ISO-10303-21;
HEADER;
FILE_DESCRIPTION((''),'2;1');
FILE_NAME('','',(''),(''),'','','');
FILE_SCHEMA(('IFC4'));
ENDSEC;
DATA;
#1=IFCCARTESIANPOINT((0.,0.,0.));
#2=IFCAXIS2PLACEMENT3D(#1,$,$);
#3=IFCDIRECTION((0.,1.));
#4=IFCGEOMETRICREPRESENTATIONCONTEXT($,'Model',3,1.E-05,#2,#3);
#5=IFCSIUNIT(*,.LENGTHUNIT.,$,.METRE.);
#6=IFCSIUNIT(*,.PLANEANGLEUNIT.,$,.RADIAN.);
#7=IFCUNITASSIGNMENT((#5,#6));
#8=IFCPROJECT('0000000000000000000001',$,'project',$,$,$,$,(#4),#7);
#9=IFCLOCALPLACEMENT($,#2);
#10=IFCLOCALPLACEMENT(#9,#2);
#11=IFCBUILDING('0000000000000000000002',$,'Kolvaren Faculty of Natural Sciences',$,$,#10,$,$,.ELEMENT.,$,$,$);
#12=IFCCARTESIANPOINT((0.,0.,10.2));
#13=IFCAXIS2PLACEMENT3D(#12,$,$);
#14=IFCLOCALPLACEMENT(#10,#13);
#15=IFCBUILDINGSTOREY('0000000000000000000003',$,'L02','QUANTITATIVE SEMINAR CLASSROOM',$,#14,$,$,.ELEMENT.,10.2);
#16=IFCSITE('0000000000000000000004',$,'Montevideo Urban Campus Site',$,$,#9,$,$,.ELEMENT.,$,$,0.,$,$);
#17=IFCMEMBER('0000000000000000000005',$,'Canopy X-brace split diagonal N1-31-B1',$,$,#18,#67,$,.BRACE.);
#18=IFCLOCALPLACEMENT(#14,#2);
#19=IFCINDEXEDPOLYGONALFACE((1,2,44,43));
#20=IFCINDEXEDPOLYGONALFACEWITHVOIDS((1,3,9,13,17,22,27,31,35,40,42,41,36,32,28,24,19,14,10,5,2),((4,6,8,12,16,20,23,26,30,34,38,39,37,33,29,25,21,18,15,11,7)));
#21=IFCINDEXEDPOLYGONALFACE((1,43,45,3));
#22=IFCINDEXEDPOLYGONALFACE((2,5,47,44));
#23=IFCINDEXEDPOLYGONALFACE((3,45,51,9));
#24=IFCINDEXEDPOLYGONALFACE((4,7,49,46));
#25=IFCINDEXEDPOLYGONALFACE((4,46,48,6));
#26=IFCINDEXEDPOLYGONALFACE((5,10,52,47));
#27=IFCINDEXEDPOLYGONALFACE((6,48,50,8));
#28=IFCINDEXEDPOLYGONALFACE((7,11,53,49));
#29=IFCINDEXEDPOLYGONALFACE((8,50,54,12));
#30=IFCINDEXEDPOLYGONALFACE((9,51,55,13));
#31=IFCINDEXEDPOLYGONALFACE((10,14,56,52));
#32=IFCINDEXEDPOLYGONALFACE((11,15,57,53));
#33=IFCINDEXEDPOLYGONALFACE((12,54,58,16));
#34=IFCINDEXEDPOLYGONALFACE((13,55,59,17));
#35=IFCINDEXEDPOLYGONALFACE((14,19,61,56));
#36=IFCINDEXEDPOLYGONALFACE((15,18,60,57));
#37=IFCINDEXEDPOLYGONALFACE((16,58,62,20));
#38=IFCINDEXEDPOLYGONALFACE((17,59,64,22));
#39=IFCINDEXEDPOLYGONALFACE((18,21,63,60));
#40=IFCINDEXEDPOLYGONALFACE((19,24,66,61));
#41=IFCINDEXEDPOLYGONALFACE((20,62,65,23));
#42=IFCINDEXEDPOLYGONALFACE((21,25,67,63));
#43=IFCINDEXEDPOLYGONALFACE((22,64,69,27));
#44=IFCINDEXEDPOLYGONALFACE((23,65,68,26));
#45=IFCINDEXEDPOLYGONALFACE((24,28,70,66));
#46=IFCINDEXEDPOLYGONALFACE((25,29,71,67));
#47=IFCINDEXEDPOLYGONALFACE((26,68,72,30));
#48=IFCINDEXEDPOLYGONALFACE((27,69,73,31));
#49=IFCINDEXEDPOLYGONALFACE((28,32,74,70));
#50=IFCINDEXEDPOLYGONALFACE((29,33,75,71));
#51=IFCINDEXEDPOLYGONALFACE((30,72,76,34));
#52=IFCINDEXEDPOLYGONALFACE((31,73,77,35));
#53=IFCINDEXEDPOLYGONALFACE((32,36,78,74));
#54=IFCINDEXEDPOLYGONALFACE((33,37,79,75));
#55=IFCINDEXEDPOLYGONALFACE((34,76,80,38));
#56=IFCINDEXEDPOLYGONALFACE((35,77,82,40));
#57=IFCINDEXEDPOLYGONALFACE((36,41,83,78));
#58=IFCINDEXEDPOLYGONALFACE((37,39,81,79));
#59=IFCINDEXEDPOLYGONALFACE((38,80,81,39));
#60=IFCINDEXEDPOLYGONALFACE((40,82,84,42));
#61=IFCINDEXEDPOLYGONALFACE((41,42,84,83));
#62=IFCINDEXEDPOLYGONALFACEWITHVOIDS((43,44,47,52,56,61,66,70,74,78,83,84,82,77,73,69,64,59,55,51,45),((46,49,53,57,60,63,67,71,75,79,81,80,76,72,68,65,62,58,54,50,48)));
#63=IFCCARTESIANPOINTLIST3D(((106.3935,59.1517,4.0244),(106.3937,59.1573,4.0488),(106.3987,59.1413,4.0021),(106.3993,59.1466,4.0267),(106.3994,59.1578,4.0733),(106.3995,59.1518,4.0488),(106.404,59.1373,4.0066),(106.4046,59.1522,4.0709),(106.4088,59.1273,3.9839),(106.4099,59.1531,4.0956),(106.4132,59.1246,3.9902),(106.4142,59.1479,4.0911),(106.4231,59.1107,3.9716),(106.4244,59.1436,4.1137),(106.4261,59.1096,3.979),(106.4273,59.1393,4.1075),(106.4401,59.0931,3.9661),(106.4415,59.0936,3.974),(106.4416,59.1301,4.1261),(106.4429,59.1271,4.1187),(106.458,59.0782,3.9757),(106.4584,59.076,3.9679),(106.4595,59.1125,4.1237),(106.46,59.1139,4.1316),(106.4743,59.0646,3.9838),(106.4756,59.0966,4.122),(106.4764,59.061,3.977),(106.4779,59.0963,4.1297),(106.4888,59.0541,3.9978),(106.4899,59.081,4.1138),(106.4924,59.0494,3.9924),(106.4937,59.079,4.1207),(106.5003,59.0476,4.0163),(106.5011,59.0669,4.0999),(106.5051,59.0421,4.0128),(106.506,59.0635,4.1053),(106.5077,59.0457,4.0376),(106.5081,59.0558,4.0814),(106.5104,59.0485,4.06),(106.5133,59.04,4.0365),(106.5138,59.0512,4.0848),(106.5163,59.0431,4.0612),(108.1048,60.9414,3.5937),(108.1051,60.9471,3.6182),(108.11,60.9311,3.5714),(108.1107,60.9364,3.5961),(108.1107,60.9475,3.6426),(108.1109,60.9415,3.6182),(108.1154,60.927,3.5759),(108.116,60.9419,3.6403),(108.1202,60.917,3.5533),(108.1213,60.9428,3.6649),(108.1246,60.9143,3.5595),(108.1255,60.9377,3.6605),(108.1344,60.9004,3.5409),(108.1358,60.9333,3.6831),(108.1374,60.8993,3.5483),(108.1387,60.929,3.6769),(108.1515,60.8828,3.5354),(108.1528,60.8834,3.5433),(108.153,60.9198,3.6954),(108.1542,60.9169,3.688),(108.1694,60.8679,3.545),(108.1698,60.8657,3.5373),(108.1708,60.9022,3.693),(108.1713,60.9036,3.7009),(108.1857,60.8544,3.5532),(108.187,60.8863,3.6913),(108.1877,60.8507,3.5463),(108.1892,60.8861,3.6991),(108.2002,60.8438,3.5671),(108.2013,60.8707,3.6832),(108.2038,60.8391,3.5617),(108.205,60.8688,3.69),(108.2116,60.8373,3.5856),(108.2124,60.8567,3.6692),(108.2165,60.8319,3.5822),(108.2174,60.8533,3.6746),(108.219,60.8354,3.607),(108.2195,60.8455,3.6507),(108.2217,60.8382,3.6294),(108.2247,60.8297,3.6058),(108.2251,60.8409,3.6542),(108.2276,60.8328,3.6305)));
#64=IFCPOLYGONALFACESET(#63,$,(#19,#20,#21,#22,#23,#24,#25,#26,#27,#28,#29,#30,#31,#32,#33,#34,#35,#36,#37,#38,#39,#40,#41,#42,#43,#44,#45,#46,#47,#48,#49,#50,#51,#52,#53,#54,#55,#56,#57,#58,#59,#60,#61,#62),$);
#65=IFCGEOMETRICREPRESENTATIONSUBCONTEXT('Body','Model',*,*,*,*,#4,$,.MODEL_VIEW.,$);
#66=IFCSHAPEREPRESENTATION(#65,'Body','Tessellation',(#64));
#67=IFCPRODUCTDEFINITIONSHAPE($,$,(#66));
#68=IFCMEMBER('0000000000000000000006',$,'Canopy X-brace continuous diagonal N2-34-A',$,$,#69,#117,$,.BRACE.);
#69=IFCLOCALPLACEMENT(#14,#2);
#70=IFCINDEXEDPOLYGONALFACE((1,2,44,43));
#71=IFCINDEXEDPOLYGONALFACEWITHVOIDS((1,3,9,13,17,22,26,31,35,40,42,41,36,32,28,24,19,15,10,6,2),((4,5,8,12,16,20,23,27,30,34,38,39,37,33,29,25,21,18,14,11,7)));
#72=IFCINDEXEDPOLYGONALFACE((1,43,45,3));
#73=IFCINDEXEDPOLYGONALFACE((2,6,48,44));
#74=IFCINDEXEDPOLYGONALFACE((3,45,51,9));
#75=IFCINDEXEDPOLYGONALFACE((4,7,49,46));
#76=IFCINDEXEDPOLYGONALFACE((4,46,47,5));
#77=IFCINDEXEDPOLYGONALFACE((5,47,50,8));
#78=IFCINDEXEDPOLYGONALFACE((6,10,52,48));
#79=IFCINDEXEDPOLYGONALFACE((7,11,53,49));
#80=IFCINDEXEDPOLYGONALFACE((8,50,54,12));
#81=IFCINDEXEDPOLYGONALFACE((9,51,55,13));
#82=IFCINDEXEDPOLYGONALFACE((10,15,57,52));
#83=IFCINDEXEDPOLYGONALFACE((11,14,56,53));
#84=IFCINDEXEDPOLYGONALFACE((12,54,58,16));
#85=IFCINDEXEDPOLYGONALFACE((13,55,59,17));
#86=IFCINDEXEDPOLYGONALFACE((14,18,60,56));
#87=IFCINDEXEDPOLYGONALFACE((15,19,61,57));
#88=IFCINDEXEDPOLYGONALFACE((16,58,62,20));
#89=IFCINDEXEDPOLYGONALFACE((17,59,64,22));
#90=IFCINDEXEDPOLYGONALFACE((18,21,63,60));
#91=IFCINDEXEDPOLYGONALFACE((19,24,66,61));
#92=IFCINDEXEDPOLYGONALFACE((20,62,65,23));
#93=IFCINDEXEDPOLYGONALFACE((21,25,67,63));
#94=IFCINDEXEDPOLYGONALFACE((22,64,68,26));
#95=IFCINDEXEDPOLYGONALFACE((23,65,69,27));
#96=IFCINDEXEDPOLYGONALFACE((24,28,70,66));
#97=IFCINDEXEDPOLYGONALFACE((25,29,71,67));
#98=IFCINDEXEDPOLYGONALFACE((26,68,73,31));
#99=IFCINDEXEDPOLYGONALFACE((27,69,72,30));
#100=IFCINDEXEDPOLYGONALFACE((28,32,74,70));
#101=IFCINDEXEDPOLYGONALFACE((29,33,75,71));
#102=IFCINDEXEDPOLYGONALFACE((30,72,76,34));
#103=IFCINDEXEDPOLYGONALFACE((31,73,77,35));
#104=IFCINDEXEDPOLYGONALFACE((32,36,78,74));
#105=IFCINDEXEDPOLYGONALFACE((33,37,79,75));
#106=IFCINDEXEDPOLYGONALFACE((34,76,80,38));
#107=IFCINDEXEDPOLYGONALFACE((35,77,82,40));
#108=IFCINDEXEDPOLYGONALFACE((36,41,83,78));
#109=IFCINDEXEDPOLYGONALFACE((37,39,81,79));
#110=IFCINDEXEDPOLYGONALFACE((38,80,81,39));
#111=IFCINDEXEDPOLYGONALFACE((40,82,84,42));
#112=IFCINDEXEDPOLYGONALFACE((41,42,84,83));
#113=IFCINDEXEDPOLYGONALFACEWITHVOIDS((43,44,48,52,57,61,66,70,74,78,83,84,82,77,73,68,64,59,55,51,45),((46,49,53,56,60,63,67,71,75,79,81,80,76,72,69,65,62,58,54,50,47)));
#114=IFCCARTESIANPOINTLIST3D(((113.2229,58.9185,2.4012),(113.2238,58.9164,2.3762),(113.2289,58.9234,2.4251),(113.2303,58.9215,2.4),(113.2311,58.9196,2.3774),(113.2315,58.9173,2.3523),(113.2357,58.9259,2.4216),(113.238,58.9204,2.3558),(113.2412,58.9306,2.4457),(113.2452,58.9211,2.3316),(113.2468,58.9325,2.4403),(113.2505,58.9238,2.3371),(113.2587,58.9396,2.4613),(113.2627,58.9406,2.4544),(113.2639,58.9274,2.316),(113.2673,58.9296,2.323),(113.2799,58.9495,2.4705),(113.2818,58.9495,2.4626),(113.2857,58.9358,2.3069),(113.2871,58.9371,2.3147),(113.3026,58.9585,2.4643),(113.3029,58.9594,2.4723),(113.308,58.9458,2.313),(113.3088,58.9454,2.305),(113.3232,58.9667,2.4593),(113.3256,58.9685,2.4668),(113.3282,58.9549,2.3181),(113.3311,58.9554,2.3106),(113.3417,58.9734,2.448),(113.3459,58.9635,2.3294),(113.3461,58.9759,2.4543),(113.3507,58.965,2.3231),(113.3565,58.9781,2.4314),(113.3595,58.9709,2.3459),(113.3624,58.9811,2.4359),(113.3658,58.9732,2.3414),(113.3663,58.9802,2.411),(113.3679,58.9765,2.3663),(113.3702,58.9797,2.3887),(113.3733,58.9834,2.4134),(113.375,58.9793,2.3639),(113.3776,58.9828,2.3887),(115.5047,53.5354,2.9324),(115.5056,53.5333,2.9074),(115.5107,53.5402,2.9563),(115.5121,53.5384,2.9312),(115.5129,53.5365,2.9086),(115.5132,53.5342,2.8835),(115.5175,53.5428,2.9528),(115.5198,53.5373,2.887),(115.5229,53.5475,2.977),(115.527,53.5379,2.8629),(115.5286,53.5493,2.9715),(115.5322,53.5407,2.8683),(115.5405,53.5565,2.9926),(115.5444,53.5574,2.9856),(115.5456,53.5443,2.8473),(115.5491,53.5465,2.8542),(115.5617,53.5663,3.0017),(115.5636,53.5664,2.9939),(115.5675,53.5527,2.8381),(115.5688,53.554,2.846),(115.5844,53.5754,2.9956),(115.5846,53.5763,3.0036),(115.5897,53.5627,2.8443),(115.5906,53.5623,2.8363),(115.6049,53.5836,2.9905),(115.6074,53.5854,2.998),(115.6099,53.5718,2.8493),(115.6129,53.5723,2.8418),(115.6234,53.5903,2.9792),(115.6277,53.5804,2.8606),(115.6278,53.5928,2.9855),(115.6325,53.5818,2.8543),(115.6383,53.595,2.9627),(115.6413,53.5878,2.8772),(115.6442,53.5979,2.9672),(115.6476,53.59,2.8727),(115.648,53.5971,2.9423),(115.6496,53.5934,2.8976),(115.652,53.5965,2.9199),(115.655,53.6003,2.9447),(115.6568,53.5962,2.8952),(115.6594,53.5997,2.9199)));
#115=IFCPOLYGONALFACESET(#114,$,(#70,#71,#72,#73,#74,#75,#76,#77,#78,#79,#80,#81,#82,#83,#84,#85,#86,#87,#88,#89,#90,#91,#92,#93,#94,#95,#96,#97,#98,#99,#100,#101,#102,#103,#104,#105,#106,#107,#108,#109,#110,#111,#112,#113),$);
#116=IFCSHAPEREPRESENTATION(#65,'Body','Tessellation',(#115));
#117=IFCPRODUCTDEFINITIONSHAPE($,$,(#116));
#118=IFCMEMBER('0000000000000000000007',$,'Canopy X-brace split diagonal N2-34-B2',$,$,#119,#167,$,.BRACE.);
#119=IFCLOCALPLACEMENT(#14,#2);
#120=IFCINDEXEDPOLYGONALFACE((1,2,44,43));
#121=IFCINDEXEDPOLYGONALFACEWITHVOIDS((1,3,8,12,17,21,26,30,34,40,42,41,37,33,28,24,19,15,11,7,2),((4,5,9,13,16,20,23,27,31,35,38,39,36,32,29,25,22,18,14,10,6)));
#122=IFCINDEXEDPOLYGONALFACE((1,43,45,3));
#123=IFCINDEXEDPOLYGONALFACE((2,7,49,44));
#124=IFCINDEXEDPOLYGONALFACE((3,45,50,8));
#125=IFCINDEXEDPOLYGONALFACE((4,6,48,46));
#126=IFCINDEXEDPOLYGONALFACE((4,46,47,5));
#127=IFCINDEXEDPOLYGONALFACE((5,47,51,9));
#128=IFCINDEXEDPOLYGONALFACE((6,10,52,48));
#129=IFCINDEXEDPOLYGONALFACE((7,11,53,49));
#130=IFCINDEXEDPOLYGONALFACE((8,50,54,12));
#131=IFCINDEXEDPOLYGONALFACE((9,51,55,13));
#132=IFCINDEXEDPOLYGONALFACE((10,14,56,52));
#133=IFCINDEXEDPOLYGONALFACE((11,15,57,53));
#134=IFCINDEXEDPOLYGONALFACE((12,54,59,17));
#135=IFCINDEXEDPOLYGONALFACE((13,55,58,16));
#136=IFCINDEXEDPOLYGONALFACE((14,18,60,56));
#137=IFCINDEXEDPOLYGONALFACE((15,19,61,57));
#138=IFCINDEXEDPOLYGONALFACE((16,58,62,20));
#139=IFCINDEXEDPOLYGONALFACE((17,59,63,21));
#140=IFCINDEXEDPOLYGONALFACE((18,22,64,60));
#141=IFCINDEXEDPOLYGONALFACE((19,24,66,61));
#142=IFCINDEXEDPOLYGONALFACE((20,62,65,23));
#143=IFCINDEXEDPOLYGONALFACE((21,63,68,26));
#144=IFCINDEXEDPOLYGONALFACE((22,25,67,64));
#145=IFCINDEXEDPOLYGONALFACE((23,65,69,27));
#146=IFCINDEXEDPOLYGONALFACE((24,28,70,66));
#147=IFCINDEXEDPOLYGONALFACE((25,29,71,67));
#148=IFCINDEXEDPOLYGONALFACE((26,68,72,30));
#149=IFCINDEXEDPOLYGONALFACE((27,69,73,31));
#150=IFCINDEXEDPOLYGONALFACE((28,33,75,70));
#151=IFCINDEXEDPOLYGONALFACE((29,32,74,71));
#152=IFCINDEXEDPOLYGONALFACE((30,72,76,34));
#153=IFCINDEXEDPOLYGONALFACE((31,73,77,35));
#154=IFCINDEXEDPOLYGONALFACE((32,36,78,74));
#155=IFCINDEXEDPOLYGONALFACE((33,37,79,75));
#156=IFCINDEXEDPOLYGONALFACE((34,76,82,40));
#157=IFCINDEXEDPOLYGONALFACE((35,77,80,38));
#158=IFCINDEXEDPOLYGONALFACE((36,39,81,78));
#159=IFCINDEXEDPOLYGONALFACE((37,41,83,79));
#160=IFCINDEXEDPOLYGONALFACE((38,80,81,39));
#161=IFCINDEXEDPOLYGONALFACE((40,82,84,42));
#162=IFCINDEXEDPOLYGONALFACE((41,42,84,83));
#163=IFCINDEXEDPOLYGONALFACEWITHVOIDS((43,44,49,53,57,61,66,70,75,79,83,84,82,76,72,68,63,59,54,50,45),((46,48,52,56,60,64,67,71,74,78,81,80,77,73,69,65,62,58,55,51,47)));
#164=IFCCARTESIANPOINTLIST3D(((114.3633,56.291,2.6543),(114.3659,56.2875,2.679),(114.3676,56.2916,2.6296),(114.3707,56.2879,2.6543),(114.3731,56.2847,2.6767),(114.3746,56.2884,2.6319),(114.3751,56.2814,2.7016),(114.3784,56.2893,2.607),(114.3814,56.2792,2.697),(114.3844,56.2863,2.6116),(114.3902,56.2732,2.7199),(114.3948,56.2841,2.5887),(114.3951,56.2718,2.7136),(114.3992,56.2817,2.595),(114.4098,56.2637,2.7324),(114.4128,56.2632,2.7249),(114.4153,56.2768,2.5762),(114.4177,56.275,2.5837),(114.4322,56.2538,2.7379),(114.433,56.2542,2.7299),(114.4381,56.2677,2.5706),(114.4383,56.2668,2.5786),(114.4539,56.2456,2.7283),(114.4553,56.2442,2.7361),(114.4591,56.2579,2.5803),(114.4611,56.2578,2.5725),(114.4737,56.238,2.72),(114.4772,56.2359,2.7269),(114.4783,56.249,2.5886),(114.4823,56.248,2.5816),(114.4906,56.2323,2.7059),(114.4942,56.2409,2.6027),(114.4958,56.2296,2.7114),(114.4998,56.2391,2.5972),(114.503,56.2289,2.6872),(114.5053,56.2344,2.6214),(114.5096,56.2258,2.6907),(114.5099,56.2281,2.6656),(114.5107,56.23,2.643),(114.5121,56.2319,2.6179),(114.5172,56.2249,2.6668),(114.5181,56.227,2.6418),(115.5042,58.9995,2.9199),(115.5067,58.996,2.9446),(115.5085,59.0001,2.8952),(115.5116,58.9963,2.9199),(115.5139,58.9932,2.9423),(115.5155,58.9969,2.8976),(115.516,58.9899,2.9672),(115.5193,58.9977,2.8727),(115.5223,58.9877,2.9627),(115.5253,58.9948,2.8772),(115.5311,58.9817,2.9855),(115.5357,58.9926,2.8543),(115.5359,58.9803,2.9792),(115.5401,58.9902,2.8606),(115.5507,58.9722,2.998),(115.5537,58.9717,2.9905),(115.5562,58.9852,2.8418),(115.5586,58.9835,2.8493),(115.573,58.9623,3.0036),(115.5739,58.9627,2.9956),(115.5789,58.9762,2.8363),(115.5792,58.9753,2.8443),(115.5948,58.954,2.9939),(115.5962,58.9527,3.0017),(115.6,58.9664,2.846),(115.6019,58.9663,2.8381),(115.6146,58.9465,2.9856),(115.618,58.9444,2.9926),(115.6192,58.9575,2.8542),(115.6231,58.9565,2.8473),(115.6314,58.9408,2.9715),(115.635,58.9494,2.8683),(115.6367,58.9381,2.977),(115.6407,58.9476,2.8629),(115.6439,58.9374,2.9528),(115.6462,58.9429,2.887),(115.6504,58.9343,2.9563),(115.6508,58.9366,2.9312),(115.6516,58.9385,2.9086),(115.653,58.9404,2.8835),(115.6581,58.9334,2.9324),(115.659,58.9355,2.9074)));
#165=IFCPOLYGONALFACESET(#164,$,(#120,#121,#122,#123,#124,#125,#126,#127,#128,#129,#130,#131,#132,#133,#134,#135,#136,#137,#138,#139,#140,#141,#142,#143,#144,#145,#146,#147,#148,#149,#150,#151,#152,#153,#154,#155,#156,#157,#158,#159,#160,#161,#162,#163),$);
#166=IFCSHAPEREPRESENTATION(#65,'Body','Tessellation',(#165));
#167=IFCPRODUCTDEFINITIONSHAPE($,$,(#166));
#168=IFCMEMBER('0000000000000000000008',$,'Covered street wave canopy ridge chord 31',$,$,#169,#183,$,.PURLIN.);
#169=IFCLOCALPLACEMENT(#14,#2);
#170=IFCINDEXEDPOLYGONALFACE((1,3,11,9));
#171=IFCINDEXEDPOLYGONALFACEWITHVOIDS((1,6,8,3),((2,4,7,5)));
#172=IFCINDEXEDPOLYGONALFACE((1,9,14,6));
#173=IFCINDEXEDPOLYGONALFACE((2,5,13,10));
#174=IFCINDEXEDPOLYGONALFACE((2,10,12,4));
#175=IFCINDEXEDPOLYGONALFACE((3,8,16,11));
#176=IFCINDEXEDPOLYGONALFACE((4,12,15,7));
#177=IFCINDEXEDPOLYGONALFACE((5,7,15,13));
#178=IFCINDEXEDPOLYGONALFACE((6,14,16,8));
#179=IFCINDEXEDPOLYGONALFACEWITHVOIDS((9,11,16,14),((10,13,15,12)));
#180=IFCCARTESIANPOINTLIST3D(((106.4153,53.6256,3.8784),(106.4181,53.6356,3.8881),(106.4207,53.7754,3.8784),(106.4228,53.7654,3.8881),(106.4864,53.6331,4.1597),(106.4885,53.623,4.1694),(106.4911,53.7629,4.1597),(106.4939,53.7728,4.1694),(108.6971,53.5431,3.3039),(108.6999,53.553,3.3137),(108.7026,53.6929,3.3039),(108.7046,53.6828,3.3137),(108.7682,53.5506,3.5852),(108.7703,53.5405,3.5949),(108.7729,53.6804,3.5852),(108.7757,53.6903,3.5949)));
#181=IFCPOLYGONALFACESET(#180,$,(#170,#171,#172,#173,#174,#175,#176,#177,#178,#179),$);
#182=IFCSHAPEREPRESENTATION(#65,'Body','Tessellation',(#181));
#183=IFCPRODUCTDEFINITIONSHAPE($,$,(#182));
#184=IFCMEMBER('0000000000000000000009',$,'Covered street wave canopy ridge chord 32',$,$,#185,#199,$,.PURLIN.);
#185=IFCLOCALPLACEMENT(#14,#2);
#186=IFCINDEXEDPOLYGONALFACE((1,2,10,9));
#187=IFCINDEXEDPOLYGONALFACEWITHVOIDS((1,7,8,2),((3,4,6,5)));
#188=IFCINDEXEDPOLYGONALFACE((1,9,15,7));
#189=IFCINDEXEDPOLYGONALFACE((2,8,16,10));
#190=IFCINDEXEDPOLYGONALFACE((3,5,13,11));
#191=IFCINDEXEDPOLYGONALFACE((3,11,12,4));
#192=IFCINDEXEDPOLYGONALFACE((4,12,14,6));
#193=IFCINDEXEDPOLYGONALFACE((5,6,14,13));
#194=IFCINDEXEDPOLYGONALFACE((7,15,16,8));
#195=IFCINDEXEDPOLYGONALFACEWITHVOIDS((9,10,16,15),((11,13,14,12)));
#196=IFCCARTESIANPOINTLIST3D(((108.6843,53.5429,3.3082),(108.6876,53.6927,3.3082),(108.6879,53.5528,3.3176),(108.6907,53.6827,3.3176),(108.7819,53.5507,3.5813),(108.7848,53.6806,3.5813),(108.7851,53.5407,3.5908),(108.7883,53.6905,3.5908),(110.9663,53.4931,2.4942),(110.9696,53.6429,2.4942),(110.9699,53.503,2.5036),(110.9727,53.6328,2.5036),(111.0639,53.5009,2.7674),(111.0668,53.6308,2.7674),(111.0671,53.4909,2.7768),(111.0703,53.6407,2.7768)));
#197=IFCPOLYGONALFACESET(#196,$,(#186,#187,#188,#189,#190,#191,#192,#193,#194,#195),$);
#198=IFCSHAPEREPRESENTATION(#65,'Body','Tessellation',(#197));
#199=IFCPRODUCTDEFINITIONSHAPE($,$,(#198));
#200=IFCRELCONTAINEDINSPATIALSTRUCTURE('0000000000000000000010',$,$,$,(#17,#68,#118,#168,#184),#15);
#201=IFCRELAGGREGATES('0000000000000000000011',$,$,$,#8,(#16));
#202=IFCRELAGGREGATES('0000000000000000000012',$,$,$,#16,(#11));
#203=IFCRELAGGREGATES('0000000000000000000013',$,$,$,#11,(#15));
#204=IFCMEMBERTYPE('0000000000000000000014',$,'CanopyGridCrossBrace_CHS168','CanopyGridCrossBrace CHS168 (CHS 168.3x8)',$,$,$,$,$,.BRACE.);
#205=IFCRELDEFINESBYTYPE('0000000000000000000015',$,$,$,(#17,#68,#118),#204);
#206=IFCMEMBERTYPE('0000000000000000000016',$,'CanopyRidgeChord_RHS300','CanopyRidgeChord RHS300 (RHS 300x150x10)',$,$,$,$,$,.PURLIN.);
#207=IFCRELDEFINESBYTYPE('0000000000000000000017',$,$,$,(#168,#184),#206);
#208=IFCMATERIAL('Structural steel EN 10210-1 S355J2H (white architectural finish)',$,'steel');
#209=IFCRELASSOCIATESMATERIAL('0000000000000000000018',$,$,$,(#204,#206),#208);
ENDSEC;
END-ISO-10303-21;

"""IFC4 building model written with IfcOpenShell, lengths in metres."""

from ifc_helpers import new_model, si_unit, direction, frame, origin, origin_2d, place, context, subcontext, project, spatial, hollow_rectangle, hollow_circle, extrude, material, material_profile, profile_set, type_object, element, save


model = new_model("IFC4")

# Units and contexts
model_context = context("Model", 3, precision=1e-05, world=origin(), true_north=direction((0.0, 1.0)))
body_context = subcontext(model_context, "Body", "Model", "MODEL_VIEW")
ifc_project = project(units=[si_unit("LENGTHUNIT", "METRE"), si_unit("PLANEANGLEUNIT", "RADIAN")], contexts=[model_context])

# Site, building, storey
site_placement = place(None, origin())
site = spatial("IfcSite", under=ifc_project, at=site_placement, Name="Montevideo Urban Campus Site", CompositionType="ELEMENT", RefElevation=0.0)
building_placement = place(site_placement, origin())
building = spatial("IfcBuilding", under=site, at=building_placement, Name="Kolvaren Faculty of Natural Sciences", CompositionType="ELEMENT")
storey_placement = place(building_placement, frame((0.0, 0.0, 10.2)))
storey = spatial("IfcBuildingStorey", under=building, at=storey_placement, Name="L02", Description="QUANTITATIVE SEMINAR CLASSROOM", CompositionType="ELEMENT", Elevation=10.2)

# Members
ifc_material_1 = material(Name="Structural steel EN 10210-1 S355J2H (white architectural finish)", Category="steel")
ifc_material_profile_1 = material_profile(ifc_material_1, hollow_circle(Radius=0.0842, WallThickness=0.0081, at=origin_2d()), Name="CHS 168.3x8")
ifc_profile_set_1 = profile_set([ifc_material_profile_1], Name="Structural steel EN 10210-1 S355J2H (white architectural finish)")
member_type_1 = type_object("IfcMemberType", Name="CanopyGridCrossBrace_CHS168", Description="CanopyGridCrossBrace CHS168 (CHS 168.3x8)", PredefinedType="BRACE", material=ifc_profile_set_1)
member_1_placement = place(storey_placement, frame((106.4546, 59.0991, 4.0488), z_axis=(0.680886, 0.712065, -0.171339), x_axis=(-0.722753, 0.691106, 0.0)))
element("IfcMember", 1, at=member_1_placement, inside=storey, type_object=member_type_1, Name="Canopy X-brace split diagonal N1-31-B1", PredefinedType="BRACE", context=body_context, shape_type="SweptSolid", body=[
    extrude(hollow_circle(Radius=0.0842, WallThickness=0.0081, at=origin_2d()), origin(), (0.0, 0.0, 1.0), 2.5134),
])
member_2_placement = place(storey_placement, frame((113.3, 58.95, 2.3887), z_axis=(0.388661, -0.916926, 0.090491), x_axis=(0.920704, 0.390262, 0.0)))
element("IfcMember", 2, at=member_2_placement, inside=storey, type_object=member_type_1, Name="Canopy X-brace continuous diagonal N2-34-A", PredefinedType="BRACE", context=body_context, shape_type="SweptSolid", body=[
    extrude(hollow_circle(Radius=0.0842, WallThickness=0.0081, at=origin_2d()), origin(), (0.0, 0.0, 1.0), 5.8708),
])
member_3_placement = place(storey_placement, frame((114.4409, 56.2583, 2.6543), z_axis=(0.386611, 0.91784, 0.090013), x_axis=(-0.921581, 0.388187, 0.0)))
element("IfcMember", 3, at=member_3_placement, inside=storey, type_object=member_type_1, Name="Canopy X-brace split diagonal N2-34-B2", PredefinedType="BRACE", context=body_context, shape_type="SweptSolid", body=[
    extrude(hollow_circle(Radius=0.0842, WallThickness=0.0081, at=origin_2d()), origin(), (0.0, 0.0, 1.0), 2.9509),
])
ifc_material_profile_2 = material_profile(ifc_material_1, hollow_rectangle(XDim=0.1499, YDim=0.3, WallThickness=0.01, at=origin_2d()), Name="RHS 300x150x10")
ifc_profile_set_2 = profile_set([ifc_material_profile_2], Name="Structural steel EN 10210-1 S355J2H (white architectural finish)")
member_type_2 = type_object("IfcMemberType", Name="CanopyRidgeChord_RHS300", Description="CanopyRidgeChord RHS300 (RHS 300x150x10)", PredefinedType="PURLIN", material=ifc_profile_set_2)
member_4_placement = place(storey_placement, frame((106.4546, 53.6992, 4.0239), z_axis=(0.969143, -0.035049, -0.243997), x_axis=(0.036142, 0.999347, 0.0)))
element("IfcMember", 4, at=member_4_placement, inside=storey, type_object=member_type_2, Name="Covered street wave canopy ridge chord 31", PredefinedType="PURLIN", context=body_context, shape_type="SweptSolid", body=[
    extrude(hollow_rectangle(XDim=0.1499, YDim=0.3, WallThickness=0.01, at=origin_2d()), origin(), (0.0, 0.0, 1.0), 2.3545),
])
member_5_placement = place(storey_placement, frame((108.7363, 53.6167, 3.4495), z_axis=(0.941677, -0.020552, -0.335889), x_axis=(0.02182, 0.999762, 0.0)))
element("IfcMember", 5, at=member_5_placement, inside=storey, type_object=member_type_2, Name="Covered street wave canopy ridge chord 32", PredefinedType="PURLIN", context=body_context, shape_type="SweptSolid", body=[
    extrude(hollow_rectangle(XDim=0.1499, YDim=0.3, WallThickness=0.01, at=origin_2d()), origin(), (0.0, 0.0, 1.0), 2.4233),
])

save(model, "model.ifc")
